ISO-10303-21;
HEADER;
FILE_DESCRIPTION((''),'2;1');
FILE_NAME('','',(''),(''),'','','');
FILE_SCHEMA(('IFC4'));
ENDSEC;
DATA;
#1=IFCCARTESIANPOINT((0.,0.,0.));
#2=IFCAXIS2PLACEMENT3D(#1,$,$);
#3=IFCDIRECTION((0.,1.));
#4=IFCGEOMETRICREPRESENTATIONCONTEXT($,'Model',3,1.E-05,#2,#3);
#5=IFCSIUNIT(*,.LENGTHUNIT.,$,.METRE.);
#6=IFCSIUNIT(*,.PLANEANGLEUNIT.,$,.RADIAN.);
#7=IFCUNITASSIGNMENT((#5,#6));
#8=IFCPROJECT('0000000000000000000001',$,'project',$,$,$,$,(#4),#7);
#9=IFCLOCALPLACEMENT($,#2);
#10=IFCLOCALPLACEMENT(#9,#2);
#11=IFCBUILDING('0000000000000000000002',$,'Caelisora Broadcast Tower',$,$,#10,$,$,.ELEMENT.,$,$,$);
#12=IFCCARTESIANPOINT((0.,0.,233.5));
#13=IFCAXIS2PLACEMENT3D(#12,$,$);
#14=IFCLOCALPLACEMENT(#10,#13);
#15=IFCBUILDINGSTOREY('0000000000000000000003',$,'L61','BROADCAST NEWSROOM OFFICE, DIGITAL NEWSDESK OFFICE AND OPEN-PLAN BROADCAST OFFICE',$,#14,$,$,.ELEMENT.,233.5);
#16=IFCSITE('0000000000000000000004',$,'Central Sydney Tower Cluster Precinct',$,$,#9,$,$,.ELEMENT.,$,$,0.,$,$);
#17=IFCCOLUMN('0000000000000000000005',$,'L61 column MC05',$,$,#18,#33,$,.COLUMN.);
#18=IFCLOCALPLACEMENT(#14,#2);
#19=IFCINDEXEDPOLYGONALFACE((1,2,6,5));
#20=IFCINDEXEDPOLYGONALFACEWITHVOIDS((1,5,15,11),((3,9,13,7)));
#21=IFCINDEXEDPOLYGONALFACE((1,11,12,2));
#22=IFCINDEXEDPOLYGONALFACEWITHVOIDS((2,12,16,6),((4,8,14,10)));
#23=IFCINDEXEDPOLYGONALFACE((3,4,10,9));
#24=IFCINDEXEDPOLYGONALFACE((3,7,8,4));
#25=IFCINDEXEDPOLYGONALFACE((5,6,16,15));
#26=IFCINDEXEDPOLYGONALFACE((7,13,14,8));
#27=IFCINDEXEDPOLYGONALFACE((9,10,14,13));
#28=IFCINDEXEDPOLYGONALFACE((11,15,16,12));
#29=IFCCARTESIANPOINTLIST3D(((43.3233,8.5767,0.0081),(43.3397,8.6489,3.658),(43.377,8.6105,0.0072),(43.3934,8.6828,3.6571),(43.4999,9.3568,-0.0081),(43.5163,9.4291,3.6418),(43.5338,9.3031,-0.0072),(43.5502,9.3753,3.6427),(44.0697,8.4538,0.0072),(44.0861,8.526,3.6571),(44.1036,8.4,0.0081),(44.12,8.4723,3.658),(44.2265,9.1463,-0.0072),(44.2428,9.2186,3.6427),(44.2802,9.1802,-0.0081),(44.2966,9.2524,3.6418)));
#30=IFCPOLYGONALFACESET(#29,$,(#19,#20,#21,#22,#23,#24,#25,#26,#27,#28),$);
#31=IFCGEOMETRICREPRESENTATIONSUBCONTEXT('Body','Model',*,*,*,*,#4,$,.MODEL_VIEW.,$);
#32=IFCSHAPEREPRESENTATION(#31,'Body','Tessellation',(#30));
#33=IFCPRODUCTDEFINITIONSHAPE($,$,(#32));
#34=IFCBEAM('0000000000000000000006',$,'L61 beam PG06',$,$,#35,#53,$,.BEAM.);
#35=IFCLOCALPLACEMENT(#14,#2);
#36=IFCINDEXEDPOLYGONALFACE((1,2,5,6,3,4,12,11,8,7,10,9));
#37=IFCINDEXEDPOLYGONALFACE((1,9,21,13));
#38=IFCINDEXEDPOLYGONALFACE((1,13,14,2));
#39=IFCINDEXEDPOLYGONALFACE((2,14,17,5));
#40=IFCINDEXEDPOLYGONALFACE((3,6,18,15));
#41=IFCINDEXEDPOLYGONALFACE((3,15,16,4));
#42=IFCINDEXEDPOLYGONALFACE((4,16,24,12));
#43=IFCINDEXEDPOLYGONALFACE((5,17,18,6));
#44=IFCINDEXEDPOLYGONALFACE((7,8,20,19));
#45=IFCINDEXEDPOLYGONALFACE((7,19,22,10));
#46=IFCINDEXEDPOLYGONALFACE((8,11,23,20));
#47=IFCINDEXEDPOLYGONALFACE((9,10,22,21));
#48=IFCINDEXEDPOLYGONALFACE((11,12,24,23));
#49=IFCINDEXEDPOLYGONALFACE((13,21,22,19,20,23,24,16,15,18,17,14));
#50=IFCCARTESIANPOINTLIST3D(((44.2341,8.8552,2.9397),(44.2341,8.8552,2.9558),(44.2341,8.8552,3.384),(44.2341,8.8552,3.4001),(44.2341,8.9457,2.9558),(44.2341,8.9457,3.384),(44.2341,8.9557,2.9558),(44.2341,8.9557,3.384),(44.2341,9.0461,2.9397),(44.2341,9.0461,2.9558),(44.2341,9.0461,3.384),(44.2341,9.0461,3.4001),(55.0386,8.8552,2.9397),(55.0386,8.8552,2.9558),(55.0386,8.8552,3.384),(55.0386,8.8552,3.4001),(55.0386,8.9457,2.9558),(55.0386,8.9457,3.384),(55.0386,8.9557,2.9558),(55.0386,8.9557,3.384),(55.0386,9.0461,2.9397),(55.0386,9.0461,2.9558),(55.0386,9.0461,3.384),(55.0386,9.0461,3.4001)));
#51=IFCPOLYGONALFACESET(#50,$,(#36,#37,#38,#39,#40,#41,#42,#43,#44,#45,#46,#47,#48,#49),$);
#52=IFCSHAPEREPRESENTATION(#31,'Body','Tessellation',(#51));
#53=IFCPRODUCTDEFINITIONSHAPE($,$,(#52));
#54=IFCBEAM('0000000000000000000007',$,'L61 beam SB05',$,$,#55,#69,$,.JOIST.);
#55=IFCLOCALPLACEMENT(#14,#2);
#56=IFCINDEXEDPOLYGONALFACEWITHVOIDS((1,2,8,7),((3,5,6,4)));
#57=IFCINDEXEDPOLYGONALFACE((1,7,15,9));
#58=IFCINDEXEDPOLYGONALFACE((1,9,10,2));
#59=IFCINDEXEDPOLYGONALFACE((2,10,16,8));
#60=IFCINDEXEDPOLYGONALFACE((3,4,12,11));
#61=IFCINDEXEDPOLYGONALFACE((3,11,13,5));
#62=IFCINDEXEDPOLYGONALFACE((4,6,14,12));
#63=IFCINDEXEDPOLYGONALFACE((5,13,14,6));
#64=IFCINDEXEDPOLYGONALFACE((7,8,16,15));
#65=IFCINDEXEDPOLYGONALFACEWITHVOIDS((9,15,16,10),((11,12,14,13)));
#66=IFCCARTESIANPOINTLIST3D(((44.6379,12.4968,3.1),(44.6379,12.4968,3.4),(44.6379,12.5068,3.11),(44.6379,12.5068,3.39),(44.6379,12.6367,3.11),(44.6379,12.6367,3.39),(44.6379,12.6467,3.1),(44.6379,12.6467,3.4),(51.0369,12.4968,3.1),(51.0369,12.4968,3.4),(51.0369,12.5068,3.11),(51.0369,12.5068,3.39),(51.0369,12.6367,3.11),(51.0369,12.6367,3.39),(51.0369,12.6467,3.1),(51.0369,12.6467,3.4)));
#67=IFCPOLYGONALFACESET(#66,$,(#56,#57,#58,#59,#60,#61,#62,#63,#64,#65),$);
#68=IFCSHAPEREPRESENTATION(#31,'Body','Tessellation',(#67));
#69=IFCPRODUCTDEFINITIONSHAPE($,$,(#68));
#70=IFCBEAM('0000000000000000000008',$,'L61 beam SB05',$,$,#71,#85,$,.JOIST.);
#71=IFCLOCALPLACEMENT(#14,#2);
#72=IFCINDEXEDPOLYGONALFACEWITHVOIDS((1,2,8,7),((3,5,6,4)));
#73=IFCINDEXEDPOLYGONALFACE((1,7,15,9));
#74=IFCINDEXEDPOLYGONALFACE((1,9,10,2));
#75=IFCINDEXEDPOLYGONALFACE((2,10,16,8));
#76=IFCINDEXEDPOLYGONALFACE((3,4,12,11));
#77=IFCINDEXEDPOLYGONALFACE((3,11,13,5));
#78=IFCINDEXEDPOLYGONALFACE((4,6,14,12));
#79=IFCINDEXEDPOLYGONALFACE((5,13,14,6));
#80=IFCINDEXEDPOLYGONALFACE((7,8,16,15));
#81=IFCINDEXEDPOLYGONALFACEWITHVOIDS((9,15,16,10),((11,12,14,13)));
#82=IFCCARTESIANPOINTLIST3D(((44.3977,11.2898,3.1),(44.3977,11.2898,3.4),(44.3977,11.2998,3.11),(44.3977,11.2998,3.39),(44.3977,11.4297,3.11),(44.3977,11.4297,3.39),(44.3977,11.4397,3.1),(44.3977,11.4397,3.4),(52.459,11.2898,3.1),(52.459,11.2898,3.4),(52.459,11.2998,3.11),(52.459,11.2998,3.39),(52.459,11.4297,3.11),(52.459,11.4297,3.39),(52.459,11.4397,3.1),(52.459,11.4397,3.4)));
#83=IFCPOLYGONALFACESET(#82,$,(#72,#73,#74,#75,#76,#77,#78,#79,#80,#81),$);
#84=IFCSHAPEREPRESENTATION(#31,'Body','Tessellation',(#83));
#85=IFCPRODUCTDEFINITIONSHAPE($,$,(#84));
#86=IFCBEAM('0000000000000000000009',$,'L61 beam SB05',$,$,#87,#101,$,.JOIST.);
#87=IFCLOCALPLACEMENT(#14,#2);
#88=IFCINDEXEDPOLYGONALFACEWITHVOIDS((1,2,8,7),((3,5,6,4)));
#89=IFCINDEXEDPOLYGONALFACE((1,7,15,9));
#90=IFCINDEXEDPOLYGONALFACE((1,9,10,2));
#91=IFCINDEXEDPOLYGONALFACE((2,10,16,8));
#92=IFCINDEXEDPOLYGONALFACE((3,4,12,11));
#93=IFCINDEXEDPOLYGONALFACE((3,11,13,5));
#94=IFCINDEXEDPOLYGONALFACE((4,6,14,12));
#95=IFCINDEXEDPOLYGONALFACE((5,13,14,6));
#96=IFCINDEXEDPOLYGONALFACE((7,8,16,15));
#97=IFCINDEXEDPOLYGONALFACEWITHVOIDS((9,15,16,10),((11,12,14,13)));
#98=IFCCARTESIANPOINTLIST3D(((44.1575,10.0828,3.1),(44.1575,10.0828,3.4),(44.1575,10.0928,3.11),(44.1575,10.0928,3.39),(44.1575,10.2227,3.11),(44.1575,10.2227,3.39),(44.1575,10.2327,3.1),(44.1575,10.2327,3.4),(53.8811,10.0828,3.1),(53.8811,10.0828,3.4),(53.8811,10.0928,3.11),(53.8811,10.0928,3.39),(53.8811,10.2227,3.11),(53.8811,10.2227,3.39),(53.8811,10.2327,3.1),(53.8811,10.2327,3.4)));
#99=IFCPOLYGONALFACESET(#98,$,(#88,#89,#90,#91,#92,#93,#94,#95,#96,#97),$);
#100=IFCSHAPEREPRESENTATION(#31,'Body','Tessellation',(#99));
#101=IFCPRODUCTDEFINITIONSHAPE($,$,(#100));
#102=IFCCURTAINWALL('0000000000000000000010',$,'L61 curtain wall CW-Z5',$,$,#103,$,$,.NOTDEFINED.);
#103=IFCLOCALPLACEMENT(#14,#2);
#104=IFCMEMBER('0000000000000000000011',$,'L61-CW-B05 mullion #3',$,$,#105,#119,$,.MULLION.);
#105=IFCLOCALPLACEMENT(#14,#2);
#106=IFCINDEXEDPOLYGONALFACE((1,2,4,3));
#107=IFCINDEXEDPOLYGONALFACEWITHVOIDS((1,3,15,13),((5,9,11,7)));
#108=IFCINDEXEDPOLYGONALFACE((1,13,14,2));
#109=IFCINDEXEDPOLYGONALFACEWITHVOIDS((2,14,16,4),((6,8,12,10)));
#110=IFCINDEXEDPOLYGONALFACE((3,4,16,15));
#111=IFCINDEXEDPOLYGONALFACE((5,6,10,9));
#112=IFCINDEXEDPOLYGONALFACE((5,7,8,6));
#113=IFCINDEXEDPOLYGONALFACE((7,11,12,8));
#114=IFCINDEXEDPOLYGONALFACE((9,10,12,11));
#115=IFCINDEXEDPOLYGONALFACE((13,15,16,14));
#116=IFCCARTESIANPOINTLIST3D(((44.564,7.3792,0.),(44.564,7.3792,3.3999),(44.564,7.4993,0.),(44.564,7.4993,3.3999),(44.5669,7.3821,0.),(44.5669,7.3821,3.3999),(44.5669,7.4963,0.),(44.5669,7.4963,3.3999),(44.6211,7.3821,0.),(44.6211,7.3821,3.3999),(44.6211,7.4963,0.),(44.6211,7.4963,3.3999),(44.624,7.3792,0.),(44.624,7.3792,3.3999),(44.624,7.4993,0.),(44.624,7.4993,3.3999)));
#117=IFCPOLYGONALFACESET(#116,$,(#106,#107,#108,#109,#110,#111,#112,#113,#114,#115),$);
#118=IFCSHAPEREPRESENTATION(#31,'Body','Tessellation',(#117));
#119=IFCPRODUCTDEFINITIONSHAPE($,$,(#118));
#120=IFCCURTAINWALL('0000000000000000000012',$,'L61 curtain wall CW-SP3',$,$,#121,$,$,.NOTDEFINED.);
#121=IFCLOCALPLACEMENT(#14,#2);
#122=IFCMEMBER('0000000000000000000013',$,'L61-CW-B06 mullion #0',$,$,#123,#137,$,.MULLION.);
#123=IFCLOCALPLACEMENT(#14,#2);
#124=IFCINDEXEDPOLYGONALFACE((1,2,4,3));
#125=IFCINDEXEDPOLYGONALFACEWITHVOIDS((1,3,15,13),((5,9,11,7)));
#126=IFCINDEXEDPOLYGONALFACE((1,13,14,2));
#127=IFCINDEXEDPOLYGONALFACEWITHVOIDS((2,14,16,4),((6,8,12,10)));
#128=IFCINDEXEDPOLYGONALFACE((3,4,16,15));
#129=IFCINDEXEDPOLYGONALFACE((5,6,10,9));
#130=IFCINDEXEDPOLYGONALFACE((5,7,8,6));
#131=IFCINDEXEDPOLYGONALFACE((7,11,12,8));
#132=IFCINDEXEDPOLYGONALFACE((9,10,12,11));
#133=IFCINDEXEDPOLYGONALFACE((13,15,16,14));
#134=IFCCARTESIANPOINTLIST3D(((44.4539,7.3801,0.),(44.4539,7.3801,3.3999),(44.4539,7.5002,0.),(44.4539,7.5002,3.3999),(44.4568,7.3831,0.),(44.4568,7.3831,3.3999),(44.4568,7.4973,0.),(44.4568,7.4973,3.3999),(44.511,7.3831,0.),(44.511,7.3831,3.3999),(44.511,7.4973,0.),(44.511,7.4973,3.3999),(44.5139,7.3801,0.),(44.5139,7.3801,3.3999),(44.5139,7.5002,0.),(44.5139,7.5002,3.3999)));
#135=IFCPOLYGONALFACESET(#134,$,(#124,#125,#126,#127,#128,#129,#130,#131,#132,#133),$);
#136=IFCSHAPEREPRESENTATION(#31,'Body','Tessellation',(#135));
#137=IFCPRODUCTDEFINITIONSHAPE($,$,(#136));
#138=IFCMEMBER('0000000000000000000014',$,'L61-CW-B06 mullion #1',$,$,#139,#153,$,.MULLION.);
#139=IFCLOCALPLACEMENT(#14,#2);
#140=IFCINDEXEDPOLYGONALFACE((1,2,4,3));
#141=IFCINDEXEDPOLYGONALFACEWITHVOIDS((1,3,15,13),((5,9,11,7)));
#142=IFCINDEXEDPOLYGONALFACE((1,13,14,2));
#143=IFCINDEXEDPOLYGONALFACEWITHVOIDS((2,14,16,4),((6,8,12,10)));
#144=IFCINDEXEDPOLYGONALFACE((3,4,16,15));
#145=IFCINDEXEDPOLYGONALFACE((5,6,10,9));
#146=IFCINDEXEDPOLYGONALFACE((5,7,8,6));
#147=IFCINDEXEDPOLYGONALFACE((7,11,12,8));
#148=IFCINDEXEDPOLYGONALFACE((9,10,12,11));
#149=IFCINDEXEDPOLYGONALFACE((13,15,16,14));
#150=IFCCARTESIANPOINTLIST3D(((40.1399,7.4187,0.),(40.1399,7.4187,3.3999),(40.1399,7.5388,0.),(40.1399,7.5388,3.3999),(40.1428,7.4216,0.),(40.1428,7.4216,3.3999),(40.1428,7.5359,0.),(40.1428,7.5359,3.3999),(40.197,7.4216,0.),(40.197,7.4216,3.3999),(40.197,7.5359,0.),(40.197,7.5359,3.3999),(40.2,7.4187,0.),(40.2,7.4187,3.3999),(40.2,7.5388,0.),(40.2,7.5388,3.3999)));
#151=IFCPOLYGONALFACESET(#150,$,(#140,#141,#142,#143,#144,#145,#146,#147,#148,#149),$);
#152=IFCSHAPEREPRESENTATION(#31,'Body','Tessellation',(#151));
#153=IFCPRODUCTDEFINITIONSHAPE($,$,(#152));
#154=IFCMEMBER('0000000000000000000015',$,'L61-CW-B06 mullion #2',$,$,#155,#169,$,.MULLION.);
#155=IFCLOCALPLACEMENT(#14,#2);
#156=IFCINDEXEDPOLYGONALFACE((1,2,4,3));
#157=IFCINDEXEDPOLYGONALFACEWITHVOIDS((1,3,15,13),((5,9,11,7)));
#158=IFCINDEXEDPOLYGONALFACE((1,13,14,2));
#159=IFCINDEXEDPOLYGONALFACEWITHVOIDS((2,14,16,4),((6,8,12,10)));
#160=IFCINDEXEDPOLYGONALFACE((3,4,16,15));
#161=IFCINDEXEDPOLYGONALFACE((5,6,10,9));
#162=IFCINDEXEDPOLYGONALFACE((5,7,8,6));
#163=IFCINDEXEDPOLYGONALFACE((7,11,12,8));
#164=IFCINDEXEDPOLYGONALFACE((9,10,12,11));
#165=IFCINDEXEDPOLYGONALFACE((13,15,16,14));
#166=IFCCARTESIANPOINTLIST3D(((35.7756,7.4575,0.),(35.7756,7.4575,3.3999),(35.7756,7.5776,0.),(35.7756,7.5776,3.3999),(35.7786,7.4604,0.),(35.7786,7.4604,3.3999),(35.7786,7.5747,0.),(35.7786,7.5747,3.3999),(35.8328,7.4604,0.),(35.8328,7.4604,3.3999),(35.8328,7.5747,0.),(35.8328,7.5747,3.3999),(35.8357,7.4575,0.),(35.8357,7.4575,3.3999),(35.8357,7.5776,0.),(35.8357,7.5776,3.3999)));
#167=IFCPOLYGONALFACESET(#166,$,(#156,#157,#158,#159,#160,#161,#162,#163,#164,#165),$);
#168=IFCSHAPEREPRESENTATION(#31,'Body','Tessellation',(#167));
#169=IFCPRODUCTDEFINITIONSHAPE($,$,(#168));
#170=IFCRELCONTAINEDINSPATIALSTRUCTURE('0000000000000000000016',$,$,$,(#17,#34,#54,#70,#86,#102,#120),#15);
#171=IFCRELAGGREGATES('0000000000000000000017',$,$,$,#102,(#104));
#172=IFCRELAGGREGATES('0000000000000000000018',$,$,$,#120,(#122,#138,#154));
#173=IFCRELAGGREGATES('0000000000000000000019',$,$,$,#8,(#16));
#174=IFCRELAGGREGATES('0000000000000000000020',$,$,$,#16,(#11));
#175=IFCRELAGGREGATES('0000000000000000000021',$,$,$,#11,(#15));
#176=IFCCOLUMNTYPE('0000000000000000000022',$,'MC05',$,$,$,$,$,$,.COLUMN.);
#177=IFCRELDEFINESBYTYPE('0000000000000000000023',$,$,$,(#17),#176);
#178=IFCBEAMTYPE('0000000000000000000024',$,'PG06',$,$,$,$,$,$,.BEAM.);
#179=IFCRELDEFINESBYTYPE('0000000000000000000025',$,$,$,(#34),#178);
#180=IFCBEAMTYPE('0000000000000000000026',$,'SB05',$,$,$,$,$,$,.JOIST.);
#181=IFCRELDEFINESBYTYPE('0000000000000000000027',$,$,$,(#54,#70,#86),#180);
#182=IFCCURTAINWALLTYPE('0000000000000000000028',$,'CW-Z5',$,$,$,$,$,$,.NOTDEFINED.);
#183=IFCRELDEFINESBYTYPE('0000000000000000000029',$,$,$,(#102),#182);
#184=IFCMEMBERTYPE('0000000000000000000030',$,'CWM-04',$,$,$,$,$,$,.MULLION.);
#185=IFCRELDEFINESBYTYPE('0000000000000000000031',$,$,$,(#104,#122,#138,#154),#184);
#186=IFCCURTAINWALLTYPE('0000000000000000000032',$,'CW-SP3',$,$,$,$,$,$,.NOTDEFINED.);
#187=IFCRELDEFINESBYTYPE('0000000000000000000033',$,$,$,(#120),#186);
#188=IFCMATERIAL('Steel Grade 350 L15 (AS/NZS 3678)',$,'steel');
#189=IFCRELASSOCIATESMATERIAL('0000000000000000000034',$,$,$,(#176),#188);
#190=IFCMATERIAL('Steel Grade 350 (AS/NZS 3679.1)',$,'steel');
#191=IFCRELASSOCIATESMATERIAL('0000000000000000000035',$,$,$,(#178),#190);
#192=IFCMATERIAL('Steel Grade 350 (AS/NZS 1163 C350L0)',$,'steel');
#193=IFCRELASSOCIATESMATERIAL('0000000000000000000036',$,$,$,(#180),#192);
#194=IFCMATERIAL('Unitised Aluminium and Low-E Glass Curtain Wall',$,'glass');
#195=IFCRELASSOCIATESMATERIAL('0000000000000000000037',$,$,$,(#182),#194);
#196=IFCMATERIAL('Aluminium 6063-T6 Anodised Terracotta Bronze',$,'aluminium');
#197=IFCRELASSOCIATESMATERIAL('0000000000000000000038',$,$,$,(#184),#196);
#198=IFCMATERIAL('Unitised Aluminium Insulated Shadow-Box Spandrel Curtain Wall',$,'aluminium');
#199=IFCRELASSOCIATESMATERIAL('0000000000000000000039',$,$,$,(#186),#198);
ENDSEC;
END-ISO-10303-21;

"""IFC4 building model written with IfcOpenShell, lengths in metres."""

from ifc_helpers import new_model, si_unit, direction, frame, origin, origin_2d, place, context, subcontext, project, spatial, hollow_rectangle, i_section, extrude, source, transform, mapped, material, material_profile, profile_set, type_object, type_shapes, element, aggregate, save


model = new_model("IFC4")

# Units and contexts
model_context = context("Model", 3, precision=1e-05, world=origin(), true_north=direction((0.0, 1.0)))
body_context = subcontext(model_context, "Body", "Model", "MODEL_VIEW")
ifc_project = project(units=[si_unit("LENGTHUNIT", "METRE"), si_unit("PLANEANGLEUNIT", "RADIAN")], contexts=[model_context])

# Site, building, storey
site_placement = place(None, origin())
site = spatial("IfcSite", under=ifc_project, at=site_placement, Name="Central Sydney Tower Cluster Precinct", CompositionType="ELEMENT", RefElevation=0.0)
building_placement = place(site_placement, origin())
building = spatial("IfcBuilding", under=site, at=building_placement, Name="Caelisora Broadcast Tower", CompositionType="ELEMENT")
storey_placement = place(building_placement, frame((0.0, 0.0, 233.5)))
storey = spatial("IfcBuildingStorey", under=building, at=storey_placement, Name="L61", Description="BROADCAST NEWSROOM OFFICE, DIGITAL NEWSDESK OFFICE AND OPEN-PLAN BROADCAST OFFICE", CompositionType="ELEMENT", Elevation=233.5)

# Column
ifc_material_1 = material(Name="Steel Grade 350 L15 (AS/NZS 3678)", Category="steel")
ifc_material_profile_1 = material_profile(ifc_material_1, hollow_rectangle(XDim=0.8, YDim=0.8, WallThickness=0.0449, at=origin_2d()), Name="Steel Grade 350 L15 (AS/NZS 3678)")
ifc_profile_set_1 = profile_set([ifc_material_profile_1], Name="Steel Grade 350 L15 (AS/NZS 3678)")
column_type = type_object("IfcColumnType", Name="MC05", PredefinedType="COLUMN", material=ifc_profile_set_1)
shared_shape_1 = source(origin(), body_context, "Body", "SweptSolid", [
    extrude(hollow_rectangle(XDim=0.8, YDim=0.8, WallThickness=0.0449, at=origin_2d()), origin(), (0.0, 0.0, 1.0), 3.6506),
])
type_shapes(column_type, [shared_shape_1])
column_placement = place(storey_placement, frame((43.8018, 8.8784, 0.0), z_axis=(0.004481, 0.019795, 0.999794), x_axis=(-0.975327, 0.220767, 0.0)))
element("IfcColumn", 1, at=column_placement, inside=storey, type_object=column_type, Name="L61 column MC05", PredefinedType="COLUMN", context=body_context, shape_type="MappedRepresentation", body=[
    mapped(shared_shape_1, transform((0.0, 0.0, 0.0), scale=1.0)),
])

# Beams
ifc_material_2 = material(Name="Steel Grade 350 (AS/NZS 3679.1)", Category="steel")
ifc_material_profile_2 = material_profile(ifc_material_2, i_section(OverallWidth=0.1909, OverallDepth=0.4604, WebThickness=0.01, FlangeThickness=0.0161, at=origin_2d()), Name="Steel Grade 350 (AS/NZS 3679.1)")
ifc_profile_set_2 = profile_set([ifc_material_profile_2], Name="Steel Grade 350 (AS/NZS 3679.1)")
beam_type_1 = type_object("IfcBeamType", Name="PG06", PredefinedType="BEAM", material=ifc_profile_set_2)
shared_shape_2 = source(origin(), body_context, "Body", "SweptSolid", [
    extrude(i_section(OverallWidth=0.1909, OverallDepth=0.4604, WebThickness=0.01, FlangeThickness=0.0161, at=origin_2d()), origin(), (0.0, 0.0, 1.0), 10.8044),
])
type_shapes(beam_type_1, [shared_shape_2])
beam_1_placement = place(storey_placement, frame((44.2341, 8.9507, 3.1699), z_axis=(1.0, 0.0, 0.0), x_axis=(0.0, 1.0, 0.0)))
element("IfcBeam", 2, at=beam_1_placement, inside=storey, type_object=beam_type_1, Name="L61 beam PG06", PredefinedType="BEAM", context=body_context, shape_type="MappedRepresentation", body=[
    mapped(shared_shape_2, transform((0.0, 0.0, 0.0), scale=1.0)),
])
ifc_material_3 = material(Name="Steel Grade 350 (AS/NZS 1163 C350L0)", Category="steel")
ifc_material_profile_3 = material_profile(ifc_material_3, hollow_rectangle(XDim=0.1499, YDim=0.3, WallThickness=0.01, at=origin_2d()), Name="Steel Grade 350 (AS/NZS 1163 C350L0)")
ifc_profile_set_3 = profile_set([ifc_material_profile_3], Name="Steel Grade 350 (AS/NZS 1163 C350L0)")
beam_type_2 = type_object("IfcBeamType", Name="SB05", PredefinedType="JOIST", material=ifc_profile_set_3)
shared_shape_3 = source(origin(), body_context, "Body", "SweptSolid", [
    extrude(hollow_rectangle(XDim=0.1499, YDim=0.3, WallThickness=0.01, at=origin_2d()), origin(), (0.0, 0.0, 1.0), 6.3989),
])
beam_2_placement = place(storey_placement, frame((44.6379, 12.5718, 3.25), z_axis=(1.0, 0.0, 0.0), x_axis=(0.0, 1.0, 0.0)))
element("IfcBeam", 3, at=beam_2_placement, inside=storey, type_object=beam_type_2, Name="L61 beam SB05", PredefinedType="JOIST", context=body_context, shape_type="MappedRepresentation", body=[
    mapped(shared_shape_3, transform((0.0, 0.0, 0.0), scale=1.0)),
])
shared_shape_4 = source(origin(), body_context, "Body", "SweptSolid", [
    extrude(hollow_rectangle(XDim=0.1499, YDim=0.3, WallThickness=0.01, at=origin_2d()), origin(), (0.0, 0.0, 1.0), 8.0613),
])
beam_3_placement = place(storey_placement, frame((44.3977, 11.3647, 3.25), z_axis=(1.0, 0.0, 0.0), x_axis=(0.0, 1.0, 0.0)))
element("IfcBeam", 4, at=beam_3_placement, inside=storey, type_object=beam_type_2, Name="L61 beam SB05", PredefinedType="JOIST", context=body_context, shape_type="MappedRepresentation", body=[
    mapped(shared_shape_4, transform((0.0, 0.0, 0.0), scale=1.0)),
])
shared_shape_5 = source(origin(), body_context, "Body", "SweptSolid", [
    extrude(hollow_rectangle(XDim=0.1499, YDim=0.3, WallThickness=0.01, at=origin_2d()), origin(), (0.0, 0.0, 1.0), 9.7236),
])
type_shapes(beam_type_2, [shared_shape_3, shared_shape_4, shared_shape_5])
beam_4_placement = place(storey_placement, frame((44.1575, 10.1577, 3.25), z_axis=(1.0, 0.0, 0.0), x_axis=(0.0, 1.0, 0.0)))
element("IfcBeam", 5, at=beam_4_placement, inside=storey, type_object=beam_type_2, Name="L61 beam SB05", PredefinedType="JOIST", context=body_context, shape_type="MappedRepresentation", body=[
    mapped(shared_shape_5, transform((0.0, 0.0, 0.0), scale=1.0)),
])

# Curtain wall, member
ifc_material_4 = material(Name="Unitised Aluminium and Low-E Glass Curtain Wall", Category="glass")
curtain_wall_type_1 = type_object("IfcCurtainWallType", Name="CW-Z5", PredefinedType="NOTDEFINED", material=ifc_material_4)
curtain_wall_1_placement = place(storey_placement, origin())
curtain_wall_1 = element("IfcCurtainWall", 6, at=curtain_wall_1_placement, inside=storey, type_object=curtain_wall_type_1, Name="L61 curtain wall CW-Z5", PredefinedType="NOTDEFINED")
ifc_material_5 = material(Name="Aluminium 6063-T6 Anodised Terracotta Bronze", Category="aluminium")
ifc_material_profile_4 = material_profile(ifc_material_5, hollow_rectangle(XDim=0.0601, YDim=0.1201, WallThickness=0.0029, at=origin_2d()), Name="Aluminium 6063-T6 Anodised Terracotta Bronze")
ifc_profile_set_4 = profile_set([ifc_material_profile_4], Name="Aluminium 6063-T6 Anodised Terracotta Bronze")
member_type_1 = type_object("IfcMemberType", Name="CWM-04", PredefinedType="MULLION", material=ifc_profile_set_4)
shared_shape_6 = source(origin(), body_context, "Body", "SweptSolid", [
    extrude(hollow_rectangle(XDim=0.0601, YDim=0.1201, WallThickness=0.0029, at=origin_2d()), origin(), (0.0, 0.0, 1.0), 3.3999),
])
type_shapes(member_type_1, [shared_shape_6])
member_1_placement = place(storey_placement, frame((44.594, 7.4392, 0.0), z_axis=(0.0, 0.0, 1.0), x_axis=(1.0, 0.0, 0.0)))
member_1 = element("IfcMember", 7, at=member_1_placement, type_object=member_type_1, Name="L61-CW-B05 mullion #3", PredefinedType="MULLION", context=body_context, shape_type="MappedRepresentation", body=[
    mapped(shared_shape_6, transform((0.0, 0.0, 0.0), scale=1.0)),
])
aggregate(curtain_wall_1, [member_1])

# Curtain wall, members
ifc_material_6 = material(Name="Unitised Aluminium Insulated Shadow-Box Spandrel Curtain Wall", Category="aluminium")
curtain_wall_type_2 = type_object("IfcCurtainWallType", Name="CW-SP3", PredefinedType="NOTDEFINED", material=ifc_material_6)
curtain_wall_2_placement = place(storey_placement, origin())
curtain_wall_2 = element("IfcCurtainWall", 8, at=curtain_wall_2_placement, inside=storey, type_object=curtain_wall_type_2, Name="L61 curtain wall CW-SP3", PredefinedType="NOTDEFINED")
member_2_placement = place(storey_placement, frame((44.4839, 7.4402, 0.0), z_axis=(0.0, 0.0, 1.0), x_axis=(1.0, 0.0, 0.0)))
member_2 = element("IfcMember", 9, at=member_2_placement, type_object=member_type_1, Name="L61-CW-B06 mullion #0", PredefinedType="MULLION", context=body_context, shape_type="MappedRepresentation", body=[
    mapped(shared_shape_6, transform((0.0, 0.0, 0.0), scale=1.0)),
])
member_3_placement = place(storey_placement, frame((40.1699, 7.4788, 0.0), z_axis=(0.0, 0.0, 1.0), x_axis=(1.0, 0.0, 0.0)))
member_3 = element("IfcMember", 10, at=member_3_placement, type_object=member_type_1, Name="L61-CW-B06 mullion #1", PredefinedType="MULLION", context=body_context, shape_type="MappedRepresentation", body=[
    mapped(shared_shape_6, transform((0.0, 0.0, 0.0), scale=1.0)),
])
member_4_placement = place(storey_placement, frame((35.8057, 7.5176, 0.0), z_axis=(0.0, 0.0, 1.0), x_axis=(1.0, 0.0, 0.0)))
member_4 = element("IfcMember", 11, at=member_4_placement, type_object=member_type_1, Name="L61-CW-B06 mullion #2", PredefinedType="MULLION", context=body_context, shape_type="MappedRepresentation", body=[
    mapped(shared_shape_6, transform((0.0, 0.0, 0.0), scale=1.0)),
])

aggregate(curtain_wall_2, [member_2, member_3, member_4])

save(model, "model.ifc")
